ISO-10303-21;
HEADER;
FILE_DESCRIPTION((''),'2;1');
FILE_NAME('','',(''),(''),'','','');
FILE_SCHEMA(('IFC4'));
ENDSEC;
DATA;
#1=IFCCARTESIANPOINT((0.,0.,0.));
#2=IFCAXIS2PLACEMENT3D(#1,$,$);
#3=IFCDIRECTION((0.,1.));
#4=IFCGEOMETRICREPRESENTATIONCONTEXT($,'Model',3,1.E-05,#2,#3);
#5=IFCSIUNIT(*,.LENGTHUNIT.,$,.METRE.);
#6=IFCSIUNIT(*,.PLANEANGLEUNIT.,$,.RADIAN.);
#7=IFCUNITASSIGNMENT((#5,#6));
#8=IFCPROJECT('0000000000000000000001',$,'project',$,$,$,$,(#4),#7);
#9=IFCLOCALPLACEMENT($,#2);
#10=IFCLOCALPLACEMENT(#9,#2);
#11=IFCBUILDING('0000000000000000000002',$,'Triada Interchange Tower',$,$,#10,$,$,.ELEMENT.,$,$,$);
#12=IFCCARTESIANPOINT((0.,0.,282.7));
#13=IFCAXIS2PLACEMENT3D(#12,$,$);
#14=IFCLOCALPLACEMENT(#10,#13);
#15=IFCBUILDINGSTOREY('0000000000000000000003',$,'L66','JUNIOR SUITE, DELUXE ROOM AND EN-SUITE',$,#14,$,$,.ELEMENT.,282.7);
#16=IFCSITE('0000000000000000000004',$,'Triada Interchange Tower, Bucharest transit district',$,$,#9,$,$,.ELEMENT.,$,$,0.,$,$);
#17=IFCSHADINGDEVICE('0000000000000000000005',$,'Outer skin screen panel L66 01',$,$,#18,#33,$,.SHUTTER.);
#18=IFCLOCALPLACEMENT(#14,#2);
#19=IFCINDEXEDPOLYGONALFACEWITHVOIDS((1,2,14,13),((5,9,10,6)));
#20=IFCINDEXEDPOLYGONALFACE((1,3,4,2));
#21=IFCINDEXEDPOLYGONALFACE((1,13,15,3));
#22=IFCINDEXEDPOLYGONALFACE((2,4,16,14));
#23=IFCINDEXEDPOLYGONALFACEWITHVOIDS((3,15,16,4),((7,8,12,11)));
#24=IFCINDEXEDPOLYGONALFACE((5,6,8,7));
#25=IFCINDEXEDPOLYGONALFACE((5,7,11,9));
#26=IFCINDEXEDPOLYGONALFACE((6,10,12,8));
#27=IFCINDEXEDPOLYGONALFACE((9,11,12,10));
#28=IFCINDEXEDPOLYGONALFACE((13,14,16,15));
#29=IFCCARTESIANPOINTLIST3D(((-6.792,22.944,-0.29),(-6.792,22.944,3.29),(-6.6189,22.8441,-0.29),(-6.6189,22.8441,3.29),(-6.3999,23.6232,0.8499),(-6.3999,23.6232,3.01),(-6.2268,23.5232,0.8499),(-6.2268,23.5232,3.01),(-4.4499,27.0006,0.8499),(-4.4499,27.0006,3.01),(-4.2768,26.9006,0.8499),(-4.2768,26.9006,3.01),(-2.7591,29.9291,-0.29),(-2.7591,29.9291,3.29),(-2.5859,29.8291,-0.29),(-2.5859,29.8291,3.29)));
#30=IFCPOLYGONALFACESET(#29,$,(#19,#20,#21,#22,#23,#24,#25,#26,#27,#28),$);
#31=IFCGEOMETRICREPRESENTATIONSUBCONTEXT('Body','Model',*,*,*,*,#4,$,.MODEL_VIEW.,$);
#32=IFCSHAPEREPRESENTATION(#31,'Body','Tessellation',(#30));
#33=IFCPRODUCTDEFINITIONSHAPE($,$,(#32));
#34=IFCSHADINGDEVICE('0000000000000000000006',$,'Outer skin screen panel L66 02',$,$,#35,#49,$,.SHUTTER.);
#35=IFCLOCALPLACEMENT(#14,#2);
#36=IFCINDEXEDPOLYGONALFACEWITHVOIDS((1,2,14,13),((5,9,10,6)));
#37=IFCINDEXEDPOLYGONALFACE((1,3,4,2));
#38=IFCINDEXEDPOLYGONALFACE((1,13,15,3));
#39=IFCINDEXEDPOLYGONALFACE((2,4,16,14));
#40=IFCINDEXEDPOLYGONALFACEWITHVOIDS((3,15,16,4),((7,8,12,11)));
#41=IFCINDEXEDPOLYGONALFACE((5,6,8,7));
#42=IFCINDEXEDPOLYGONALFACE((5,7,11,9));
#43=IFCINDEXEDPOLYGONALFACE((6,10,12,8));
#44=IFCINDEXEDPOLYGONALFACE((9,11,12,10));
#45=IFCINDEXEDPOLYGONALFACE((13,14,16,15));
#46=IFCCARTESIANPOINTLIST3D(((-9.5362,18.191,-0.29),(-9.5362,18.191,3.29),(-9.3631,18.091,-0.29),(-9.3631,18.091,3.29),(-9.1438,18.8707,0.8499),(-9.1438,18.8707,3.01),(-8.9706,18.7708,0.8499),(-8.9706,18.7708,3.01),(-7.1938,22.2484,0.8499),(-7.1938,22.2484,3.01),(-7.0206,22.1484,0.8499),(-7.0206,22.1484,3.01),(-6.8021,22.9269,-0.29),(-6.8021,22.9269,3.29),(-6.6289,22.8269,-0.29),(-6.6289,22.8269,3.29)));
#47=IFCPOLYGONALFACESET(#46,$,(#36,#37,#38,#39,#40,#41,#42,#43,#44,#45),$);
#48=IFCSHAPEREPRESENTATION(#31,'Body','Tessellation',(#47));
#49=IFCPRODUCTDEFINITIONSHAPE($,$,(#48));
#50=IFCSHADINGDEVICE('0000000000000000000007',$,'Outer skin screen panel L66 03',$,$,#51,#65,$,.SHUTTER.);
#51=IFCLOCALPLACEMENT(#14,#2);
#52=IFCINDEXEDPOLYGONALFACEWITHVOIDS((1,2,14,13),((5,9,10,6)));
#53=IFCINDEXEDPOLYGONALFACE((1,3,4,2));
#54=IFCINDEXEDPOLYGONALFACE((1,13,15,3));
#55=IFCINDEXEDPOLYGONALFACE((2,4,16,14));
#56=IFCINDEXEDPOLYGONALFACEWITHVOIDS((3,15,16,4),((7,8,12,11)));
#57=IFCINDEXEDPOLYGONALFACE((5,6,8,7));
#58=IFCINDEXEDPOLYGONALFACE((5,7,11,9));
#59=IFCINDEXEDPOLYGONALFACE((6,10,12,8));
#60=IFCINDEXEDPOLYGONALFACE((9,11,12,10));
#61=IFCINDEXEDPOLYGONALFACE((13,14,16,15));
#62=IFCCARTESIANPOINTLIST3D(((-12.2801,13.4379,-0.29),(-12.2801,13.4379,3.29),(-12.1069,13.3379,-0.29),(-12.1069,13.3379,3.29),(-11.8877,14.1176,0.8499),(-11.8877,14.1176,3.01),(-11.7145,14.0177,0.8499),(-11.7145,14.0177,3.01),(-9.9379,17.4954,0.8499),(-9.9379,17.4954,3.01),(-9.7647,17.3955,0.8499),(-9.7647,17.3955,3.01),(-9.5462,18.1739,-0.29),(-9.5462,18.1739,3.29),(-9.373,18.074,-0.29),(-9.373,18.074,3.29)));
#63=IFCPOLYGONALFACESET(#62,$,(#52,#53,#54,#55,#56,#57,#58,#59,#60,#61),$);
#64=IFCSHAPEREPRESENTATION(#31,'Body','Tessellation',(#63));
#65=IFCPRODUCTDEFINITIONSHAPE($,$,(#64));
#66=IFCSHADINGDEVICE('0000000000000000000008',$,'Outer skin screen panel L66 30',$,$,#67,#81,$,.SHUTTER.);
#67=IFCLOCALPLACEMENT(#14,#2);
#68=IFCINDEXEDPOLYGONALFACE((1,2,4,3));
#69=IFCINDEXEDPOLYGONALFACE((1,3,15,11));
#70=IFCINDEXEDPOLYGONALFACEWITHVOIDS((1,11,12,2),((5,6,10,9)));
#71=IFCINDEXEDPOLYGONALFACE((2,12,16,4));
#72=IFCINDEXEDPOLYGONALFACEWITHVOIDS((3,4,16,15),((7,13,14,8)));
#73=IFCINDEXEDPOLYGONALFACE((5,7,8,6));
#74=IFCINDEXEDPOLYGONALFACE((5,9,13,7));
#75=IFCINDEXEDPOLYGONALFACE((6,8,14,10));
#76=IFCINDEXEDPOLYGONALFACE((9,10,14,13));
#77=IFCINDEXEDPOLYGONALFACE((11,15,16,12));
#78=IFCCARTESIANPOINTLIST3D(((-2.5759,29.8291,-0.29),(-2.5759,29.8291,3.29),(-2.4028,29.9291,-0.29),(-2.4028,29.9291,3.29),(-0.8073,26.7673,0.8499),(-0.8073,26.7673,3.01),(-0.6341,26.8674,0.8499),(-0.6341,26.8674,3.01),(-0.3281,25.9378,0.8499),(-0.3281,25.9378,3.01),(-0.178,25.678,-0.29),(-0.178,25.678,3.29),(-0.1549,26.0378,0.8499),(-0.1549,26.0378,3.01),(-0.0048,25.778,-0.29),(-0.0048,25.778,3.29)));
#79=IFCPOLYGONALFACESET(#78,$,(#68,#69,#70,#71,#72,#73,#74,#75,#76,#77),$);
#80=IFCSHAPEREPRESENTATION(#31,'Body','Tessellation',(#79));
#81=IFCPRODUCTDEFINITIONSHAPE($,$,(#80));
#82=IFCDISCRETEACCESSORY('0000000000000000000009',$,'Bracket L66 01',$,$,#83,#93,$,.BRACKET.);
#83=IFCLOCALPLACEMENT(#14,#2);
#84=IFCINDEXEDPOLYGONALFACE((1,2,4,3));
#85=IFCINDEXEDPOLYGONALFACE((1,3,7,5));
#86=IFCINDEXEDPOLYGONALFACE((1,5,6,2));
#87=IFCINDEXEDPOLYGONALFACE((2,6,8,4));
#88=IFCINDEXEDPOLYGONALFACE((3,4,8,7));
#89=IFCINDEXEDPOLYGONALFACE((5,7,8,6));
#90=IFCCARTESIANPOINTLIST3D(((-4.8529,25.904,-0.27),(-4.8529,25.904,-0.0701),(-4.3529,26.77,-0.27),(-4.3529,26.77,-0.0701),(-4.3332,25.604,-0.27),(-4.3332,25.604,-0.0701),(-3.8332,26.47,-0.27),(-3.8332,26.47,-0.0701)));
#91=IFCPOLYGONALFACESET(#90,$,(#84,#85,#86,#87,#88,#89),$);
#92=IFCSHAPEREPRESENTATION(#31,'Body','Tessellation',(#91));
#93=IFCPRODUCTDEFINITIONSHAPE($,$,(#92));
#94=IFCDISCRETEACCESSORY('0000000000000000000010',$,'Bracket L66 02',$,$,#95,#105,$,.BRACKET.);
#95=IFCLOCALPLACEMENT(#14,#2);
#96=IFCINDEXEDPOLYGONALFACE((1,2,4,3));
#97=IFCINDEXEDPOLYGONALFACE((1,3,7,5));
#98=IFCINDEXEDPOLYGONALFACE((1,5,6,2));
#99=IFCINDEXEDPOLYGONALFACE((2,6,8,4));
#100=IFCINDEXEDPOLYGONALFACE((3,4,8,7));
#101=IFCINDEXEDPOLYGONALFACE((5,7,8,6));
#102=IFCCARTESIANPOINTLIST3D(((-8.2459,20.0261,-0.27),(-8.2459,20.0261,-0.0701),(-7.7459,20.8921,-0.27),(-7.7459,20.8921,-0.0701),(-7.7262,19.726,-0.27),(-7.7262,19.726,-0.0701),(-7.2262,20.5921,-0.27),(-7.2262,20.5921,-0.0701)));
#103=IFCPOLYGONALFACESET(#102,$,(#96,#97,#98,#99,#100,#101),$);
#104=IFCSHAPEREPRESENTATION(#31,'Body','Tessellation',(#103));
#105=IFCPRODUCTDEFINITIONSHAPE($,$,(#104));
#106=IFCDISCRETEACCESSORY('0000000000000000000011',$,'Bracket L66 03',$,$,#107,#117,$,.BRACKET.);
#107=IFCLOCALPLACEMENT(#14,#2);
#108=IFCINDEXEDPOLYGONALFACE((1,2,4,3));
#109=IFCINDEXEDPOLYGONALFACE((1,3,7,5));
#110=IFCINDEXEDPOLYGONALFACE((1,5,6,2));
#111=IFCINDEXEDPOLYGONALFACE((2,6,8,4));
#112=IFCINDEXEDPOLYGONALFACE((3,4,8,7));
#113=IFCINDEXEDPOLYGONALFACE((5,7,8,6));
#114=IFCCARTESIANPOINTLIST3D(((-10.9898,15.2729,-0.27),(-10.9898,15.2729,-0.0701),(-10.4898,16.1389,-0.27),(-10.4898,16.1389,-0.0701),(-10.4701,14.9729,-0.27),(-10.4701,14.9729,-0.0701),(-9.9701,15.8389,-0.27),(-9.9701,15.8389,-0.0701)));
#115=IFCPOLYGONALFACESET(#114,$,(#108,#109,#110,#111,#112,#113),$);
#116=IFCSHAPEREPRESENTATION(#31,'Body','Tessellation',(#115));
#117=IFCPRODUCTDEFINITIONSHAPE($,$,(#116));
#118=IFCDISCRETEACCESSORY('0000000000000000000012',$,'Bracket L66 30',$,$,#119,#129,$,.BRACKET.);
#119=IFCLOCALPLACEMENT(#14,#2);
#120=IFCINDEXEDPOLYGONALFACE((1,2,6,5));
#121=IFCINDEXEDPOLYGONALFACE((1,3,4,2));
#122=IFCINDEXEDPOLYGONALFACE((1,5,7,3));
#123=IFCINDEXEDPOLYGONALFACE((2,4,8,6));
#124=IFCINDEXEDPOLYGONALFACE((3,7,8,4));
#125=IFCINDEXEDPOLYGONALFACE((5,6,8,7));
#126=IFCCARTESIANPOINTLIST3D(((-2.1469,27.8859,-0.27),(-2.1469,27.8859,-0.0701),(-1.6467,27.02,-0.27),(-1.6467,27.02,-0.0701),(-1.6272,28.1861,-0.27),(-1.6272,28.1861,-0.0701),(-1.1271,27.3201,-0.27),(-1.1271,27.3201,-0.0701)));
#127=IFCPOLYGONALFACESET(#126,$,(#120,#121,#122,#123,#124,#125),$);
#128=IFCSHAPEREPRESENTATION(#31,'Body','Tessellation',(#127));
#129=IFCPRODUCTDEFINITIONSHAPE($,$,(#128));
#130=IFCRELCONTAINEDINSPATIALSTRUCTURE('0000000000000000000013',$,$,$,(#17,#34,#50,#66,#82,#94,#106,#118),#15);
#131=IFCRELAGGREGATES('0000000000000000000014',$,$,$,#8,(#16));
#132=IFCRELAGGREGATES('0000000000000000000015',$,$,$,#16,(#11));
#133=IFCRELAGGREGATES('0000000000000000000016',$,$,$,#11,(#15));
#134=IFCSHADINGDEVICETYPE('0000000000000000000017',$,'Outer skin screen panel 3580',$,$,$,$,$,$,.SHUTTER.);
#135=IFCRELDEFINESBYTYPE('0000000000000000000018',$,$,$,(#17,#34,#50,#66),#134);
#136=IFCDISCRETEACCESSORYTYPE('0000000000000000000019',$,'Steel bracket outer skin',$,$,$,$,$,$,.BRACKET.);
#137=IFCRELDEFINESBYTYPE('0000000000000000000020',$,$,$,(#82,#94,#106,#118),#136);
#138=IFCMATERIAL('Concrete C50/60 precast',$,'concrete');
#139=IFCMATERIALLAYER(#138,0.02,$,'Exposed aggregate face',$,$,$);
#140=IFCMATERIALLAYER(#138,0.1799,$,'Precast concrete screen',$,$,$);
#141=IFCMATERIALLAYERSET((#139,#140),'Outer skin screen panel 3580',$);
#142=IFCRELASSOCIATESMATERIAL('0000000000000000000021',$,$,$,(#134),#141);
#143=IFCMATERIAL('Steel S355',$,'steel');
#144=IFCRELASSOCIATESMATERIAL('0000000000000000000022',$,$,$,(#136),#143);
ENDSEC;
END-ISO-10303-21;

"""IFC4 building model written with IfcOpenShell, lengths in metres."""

from ifc_helpers import new_model, si_unit, direction, frame, origin, origin_2d, place, context, subcontext, project, spatial, polyline, rectangle, outline, extrude, material, layer, layer_set, type_object, element, save


model = new_model("IFC4")

# Units and contexts
model_context = context("Model", 3, precision=1e-05, world=origin(), true_north=direction((0.0, 1.0)))
body_context = subcontext(model_context, "Body", "Model", "MODEL_VIEW")
ifc_project = project(units=[si_unit("LENGTHUNIT", "METRE"), si_unit("PLANEANGLEUNIT", "RADIAN")], contexts=[model_context])

# Site, building, storey
site_placement = place(None, origin())
site = spatial("IfcSite", under=ifc_project, at=site_placement, Name="Triada Interchange Tower, Bucharest transit district", CompositionType="ELEMENT", RefElevation=0.0)
building_placement = place(site_placement, origin())
building = spatial("IfcBuilding", under=site, at=building_placement, Name="Triada Interchange Tower", CompositionType="ELEMENT")
storey_placement = place(building_placement, frame((0.0, 0.0, 282.7)))
storey = spatial("IfcBuildingStorey", under=building, at=storey_placement, Name="L66", Description="JUNIOR SUITE, DELUXE ROOM AND EN-SUITE", CompositionType="ELEMENT", Elevation=282.7)

# Shading devices
ifc_material_1 = material(Name="Concrete C50/60 precast", Category="concrete")
ifc_layer_1 = layer(ifc_material_1, 0.02, Name="Exposed aggregate face")
ifc_layer_2 = layer(ifc_material_1, 0.1799, Name="Precast concrete screen")
ifc_layer_set_1 = layer_set([ifc_layer_1, ifc_layer_2], Name="Outer skin screen panel 3580")
shading_device_type = type_object("IfcShadingDeviceType", Name="Outer skin screen panel 3580", PredefinedType="SHUTTER", material=ifc_layer_set_1)
shading_device_1_placement = place(storey_placement, frame((-2.5859, 29.8291, -0.29), z_axis=(0.0, 0.0, 1.0), x_axis=(-0.50001, -0.86602, 0.0)))
element("IfcShadingDevice", 1, at=shading_device_1_placement, inside=storey, type_object=shading_device_type, Name="Outer skin screen panel L66 01", PredefinedType="SHUTTER", context=body_context, shape_type="SweptSolid", body=[
    extrude(outline(polyline([(0.0, 0.0), (8.0657, 0.0), (8.0657, 3.5801), (0.0, 3.5801), (0.0, 0.0)]), holes=[polyline([(3.3816, 1.1399), (3.3816, 3.3), (7.2815, 3.3), (7.2815, 1.1399), (3.3816, 1.1399)])]), frame((0.0, 0.0, 0.0), z_axis=(0.0, -1.0, 0.0), x_axis=(1.0, 0.0, 0.0)), (0.0, 0.0, 1.0), 0.2),
])
for number, where, z_axis, x_axis, name in (
    (2, (-6.6289, 22.8269, -0.29), (0.0, 0.0, 1.0), (-0.499985, -0.866034, 0.0), "Outer skin screen panel L66 02"),
    (3, (-9.373, 18.074, -0.29), (0.0, 0.0, 1.0), (-0.499932, -0.866064, 0.0), "Outer skin screen panel L66 03"),
):
    element("IfcShadingDevice", number, at=place(storey_placement, frame(where, z_axis=z_axis, x_axis=x_axis)), inside=storey, type_object=shading_device_type, Name=name, PredefinedType="SHUTTER", context=body_context, shape_type="SweptSolid", body=[
        extrude(outline(polyline([(0.0, 0.0), (5.4685, 0.0), (5.4685, 3.5801), (0.0, 3.5801), (0.0, 0.0)]), holes=[polyline([(0.7834, 1.1399), (0.7834, 3.3), (4.6836, 3.3), (4.6836, 1.1399), (0.7834, 1.1399)])]), frame((0.0, 0.0, 0.0), z_axis=(0.0, -1.0, 0.0), x_axis=(1.0, 0.0, 0.0)), (0.0, 0.0, 1.0), 0.2),
    ])
shading_device_2_placement = place(storey_placement, frame((-0.178, 25.678, -0.29), z_axis=(0.0, 0.0, 1.0), x_axis=(-0.500203, 0.865908, 0.0)))
element("IfcShadingDevice", 4, at=shading_device_2_placement, inside=storey, type_object=shading_device_type, Name="Outer skin screen panel L66 30", PredefinedType="SHUTTER", context=body_context, shape_type="SweptSolid", body=[
    extrude(outline(polyline([(0.0, 0.0), (4.7939, 0.0), (4.7939, 3.5801), (0.0, 3.5801), (0.0, 0.0)]), holes=[polyline([(0.3, 1.1399), (0.3, 3.3), (1.2581, 3.3), (1.2581, 1.1399), (0.3, 1.1399)])]), frame((0.0, 0.0, 0.0), z_axis=(0.0, -1.0, 0.0), x_axis=(1.0, 0.0, 0.0)), (0.0, 0.0, 1.0), 0.2),
])

# Discrete accessories
ifc_material_2 = material(Name="Steel S355", Category="steel")
discrete_accessory_type = type_object("IfcDiscreteAccessoryType", Name="Steel bracket outer skin", PredefinedType="BRACKET", material=ifc_material_2)
for number, where, z_axis, x_axis, name in (
    (5, (-4.343, 26.187, -0.27), (0.0, 0.0, 1.0), (-0.866024, 0.500002, 0.0), "Bracket L66 01"),
    (6, (-7.7361, 20.3091, -0.27), (0.0, 0.0, 1.0), (-0.866024, 0.500002, 0.0), "Bracket L66 02"),
    (7, (-10.48, 15.5559, -0.27), (0.0, 0.0, 1.0), (-0.866024, 0.500002, 0.0), "Bracket L66 03"),
    (8, (-1.637, 27.603, -0.27), (0.0, 0.0, 1.0), (0.865956, 0.500119, 0.0), "Bracket L66 30"),
):
    element("IfcDiscreteAccessory", number, at=place(storey_placement, frame(where, z_axis=z_axis, x_axis=x_axis)), inside=storey, type_object=discrete_accessory_type, Name=name, PredefinedType="BRACKET", context=body_context, shape_type="SweptSolid", body=[
        extrude(rectangle(XDim=0.6001, YDim=1.0, at=origin_2d()), origin(), (0.0, 0.0, 1.0), 0.2),
    ])

save(model, "model.ifc")
